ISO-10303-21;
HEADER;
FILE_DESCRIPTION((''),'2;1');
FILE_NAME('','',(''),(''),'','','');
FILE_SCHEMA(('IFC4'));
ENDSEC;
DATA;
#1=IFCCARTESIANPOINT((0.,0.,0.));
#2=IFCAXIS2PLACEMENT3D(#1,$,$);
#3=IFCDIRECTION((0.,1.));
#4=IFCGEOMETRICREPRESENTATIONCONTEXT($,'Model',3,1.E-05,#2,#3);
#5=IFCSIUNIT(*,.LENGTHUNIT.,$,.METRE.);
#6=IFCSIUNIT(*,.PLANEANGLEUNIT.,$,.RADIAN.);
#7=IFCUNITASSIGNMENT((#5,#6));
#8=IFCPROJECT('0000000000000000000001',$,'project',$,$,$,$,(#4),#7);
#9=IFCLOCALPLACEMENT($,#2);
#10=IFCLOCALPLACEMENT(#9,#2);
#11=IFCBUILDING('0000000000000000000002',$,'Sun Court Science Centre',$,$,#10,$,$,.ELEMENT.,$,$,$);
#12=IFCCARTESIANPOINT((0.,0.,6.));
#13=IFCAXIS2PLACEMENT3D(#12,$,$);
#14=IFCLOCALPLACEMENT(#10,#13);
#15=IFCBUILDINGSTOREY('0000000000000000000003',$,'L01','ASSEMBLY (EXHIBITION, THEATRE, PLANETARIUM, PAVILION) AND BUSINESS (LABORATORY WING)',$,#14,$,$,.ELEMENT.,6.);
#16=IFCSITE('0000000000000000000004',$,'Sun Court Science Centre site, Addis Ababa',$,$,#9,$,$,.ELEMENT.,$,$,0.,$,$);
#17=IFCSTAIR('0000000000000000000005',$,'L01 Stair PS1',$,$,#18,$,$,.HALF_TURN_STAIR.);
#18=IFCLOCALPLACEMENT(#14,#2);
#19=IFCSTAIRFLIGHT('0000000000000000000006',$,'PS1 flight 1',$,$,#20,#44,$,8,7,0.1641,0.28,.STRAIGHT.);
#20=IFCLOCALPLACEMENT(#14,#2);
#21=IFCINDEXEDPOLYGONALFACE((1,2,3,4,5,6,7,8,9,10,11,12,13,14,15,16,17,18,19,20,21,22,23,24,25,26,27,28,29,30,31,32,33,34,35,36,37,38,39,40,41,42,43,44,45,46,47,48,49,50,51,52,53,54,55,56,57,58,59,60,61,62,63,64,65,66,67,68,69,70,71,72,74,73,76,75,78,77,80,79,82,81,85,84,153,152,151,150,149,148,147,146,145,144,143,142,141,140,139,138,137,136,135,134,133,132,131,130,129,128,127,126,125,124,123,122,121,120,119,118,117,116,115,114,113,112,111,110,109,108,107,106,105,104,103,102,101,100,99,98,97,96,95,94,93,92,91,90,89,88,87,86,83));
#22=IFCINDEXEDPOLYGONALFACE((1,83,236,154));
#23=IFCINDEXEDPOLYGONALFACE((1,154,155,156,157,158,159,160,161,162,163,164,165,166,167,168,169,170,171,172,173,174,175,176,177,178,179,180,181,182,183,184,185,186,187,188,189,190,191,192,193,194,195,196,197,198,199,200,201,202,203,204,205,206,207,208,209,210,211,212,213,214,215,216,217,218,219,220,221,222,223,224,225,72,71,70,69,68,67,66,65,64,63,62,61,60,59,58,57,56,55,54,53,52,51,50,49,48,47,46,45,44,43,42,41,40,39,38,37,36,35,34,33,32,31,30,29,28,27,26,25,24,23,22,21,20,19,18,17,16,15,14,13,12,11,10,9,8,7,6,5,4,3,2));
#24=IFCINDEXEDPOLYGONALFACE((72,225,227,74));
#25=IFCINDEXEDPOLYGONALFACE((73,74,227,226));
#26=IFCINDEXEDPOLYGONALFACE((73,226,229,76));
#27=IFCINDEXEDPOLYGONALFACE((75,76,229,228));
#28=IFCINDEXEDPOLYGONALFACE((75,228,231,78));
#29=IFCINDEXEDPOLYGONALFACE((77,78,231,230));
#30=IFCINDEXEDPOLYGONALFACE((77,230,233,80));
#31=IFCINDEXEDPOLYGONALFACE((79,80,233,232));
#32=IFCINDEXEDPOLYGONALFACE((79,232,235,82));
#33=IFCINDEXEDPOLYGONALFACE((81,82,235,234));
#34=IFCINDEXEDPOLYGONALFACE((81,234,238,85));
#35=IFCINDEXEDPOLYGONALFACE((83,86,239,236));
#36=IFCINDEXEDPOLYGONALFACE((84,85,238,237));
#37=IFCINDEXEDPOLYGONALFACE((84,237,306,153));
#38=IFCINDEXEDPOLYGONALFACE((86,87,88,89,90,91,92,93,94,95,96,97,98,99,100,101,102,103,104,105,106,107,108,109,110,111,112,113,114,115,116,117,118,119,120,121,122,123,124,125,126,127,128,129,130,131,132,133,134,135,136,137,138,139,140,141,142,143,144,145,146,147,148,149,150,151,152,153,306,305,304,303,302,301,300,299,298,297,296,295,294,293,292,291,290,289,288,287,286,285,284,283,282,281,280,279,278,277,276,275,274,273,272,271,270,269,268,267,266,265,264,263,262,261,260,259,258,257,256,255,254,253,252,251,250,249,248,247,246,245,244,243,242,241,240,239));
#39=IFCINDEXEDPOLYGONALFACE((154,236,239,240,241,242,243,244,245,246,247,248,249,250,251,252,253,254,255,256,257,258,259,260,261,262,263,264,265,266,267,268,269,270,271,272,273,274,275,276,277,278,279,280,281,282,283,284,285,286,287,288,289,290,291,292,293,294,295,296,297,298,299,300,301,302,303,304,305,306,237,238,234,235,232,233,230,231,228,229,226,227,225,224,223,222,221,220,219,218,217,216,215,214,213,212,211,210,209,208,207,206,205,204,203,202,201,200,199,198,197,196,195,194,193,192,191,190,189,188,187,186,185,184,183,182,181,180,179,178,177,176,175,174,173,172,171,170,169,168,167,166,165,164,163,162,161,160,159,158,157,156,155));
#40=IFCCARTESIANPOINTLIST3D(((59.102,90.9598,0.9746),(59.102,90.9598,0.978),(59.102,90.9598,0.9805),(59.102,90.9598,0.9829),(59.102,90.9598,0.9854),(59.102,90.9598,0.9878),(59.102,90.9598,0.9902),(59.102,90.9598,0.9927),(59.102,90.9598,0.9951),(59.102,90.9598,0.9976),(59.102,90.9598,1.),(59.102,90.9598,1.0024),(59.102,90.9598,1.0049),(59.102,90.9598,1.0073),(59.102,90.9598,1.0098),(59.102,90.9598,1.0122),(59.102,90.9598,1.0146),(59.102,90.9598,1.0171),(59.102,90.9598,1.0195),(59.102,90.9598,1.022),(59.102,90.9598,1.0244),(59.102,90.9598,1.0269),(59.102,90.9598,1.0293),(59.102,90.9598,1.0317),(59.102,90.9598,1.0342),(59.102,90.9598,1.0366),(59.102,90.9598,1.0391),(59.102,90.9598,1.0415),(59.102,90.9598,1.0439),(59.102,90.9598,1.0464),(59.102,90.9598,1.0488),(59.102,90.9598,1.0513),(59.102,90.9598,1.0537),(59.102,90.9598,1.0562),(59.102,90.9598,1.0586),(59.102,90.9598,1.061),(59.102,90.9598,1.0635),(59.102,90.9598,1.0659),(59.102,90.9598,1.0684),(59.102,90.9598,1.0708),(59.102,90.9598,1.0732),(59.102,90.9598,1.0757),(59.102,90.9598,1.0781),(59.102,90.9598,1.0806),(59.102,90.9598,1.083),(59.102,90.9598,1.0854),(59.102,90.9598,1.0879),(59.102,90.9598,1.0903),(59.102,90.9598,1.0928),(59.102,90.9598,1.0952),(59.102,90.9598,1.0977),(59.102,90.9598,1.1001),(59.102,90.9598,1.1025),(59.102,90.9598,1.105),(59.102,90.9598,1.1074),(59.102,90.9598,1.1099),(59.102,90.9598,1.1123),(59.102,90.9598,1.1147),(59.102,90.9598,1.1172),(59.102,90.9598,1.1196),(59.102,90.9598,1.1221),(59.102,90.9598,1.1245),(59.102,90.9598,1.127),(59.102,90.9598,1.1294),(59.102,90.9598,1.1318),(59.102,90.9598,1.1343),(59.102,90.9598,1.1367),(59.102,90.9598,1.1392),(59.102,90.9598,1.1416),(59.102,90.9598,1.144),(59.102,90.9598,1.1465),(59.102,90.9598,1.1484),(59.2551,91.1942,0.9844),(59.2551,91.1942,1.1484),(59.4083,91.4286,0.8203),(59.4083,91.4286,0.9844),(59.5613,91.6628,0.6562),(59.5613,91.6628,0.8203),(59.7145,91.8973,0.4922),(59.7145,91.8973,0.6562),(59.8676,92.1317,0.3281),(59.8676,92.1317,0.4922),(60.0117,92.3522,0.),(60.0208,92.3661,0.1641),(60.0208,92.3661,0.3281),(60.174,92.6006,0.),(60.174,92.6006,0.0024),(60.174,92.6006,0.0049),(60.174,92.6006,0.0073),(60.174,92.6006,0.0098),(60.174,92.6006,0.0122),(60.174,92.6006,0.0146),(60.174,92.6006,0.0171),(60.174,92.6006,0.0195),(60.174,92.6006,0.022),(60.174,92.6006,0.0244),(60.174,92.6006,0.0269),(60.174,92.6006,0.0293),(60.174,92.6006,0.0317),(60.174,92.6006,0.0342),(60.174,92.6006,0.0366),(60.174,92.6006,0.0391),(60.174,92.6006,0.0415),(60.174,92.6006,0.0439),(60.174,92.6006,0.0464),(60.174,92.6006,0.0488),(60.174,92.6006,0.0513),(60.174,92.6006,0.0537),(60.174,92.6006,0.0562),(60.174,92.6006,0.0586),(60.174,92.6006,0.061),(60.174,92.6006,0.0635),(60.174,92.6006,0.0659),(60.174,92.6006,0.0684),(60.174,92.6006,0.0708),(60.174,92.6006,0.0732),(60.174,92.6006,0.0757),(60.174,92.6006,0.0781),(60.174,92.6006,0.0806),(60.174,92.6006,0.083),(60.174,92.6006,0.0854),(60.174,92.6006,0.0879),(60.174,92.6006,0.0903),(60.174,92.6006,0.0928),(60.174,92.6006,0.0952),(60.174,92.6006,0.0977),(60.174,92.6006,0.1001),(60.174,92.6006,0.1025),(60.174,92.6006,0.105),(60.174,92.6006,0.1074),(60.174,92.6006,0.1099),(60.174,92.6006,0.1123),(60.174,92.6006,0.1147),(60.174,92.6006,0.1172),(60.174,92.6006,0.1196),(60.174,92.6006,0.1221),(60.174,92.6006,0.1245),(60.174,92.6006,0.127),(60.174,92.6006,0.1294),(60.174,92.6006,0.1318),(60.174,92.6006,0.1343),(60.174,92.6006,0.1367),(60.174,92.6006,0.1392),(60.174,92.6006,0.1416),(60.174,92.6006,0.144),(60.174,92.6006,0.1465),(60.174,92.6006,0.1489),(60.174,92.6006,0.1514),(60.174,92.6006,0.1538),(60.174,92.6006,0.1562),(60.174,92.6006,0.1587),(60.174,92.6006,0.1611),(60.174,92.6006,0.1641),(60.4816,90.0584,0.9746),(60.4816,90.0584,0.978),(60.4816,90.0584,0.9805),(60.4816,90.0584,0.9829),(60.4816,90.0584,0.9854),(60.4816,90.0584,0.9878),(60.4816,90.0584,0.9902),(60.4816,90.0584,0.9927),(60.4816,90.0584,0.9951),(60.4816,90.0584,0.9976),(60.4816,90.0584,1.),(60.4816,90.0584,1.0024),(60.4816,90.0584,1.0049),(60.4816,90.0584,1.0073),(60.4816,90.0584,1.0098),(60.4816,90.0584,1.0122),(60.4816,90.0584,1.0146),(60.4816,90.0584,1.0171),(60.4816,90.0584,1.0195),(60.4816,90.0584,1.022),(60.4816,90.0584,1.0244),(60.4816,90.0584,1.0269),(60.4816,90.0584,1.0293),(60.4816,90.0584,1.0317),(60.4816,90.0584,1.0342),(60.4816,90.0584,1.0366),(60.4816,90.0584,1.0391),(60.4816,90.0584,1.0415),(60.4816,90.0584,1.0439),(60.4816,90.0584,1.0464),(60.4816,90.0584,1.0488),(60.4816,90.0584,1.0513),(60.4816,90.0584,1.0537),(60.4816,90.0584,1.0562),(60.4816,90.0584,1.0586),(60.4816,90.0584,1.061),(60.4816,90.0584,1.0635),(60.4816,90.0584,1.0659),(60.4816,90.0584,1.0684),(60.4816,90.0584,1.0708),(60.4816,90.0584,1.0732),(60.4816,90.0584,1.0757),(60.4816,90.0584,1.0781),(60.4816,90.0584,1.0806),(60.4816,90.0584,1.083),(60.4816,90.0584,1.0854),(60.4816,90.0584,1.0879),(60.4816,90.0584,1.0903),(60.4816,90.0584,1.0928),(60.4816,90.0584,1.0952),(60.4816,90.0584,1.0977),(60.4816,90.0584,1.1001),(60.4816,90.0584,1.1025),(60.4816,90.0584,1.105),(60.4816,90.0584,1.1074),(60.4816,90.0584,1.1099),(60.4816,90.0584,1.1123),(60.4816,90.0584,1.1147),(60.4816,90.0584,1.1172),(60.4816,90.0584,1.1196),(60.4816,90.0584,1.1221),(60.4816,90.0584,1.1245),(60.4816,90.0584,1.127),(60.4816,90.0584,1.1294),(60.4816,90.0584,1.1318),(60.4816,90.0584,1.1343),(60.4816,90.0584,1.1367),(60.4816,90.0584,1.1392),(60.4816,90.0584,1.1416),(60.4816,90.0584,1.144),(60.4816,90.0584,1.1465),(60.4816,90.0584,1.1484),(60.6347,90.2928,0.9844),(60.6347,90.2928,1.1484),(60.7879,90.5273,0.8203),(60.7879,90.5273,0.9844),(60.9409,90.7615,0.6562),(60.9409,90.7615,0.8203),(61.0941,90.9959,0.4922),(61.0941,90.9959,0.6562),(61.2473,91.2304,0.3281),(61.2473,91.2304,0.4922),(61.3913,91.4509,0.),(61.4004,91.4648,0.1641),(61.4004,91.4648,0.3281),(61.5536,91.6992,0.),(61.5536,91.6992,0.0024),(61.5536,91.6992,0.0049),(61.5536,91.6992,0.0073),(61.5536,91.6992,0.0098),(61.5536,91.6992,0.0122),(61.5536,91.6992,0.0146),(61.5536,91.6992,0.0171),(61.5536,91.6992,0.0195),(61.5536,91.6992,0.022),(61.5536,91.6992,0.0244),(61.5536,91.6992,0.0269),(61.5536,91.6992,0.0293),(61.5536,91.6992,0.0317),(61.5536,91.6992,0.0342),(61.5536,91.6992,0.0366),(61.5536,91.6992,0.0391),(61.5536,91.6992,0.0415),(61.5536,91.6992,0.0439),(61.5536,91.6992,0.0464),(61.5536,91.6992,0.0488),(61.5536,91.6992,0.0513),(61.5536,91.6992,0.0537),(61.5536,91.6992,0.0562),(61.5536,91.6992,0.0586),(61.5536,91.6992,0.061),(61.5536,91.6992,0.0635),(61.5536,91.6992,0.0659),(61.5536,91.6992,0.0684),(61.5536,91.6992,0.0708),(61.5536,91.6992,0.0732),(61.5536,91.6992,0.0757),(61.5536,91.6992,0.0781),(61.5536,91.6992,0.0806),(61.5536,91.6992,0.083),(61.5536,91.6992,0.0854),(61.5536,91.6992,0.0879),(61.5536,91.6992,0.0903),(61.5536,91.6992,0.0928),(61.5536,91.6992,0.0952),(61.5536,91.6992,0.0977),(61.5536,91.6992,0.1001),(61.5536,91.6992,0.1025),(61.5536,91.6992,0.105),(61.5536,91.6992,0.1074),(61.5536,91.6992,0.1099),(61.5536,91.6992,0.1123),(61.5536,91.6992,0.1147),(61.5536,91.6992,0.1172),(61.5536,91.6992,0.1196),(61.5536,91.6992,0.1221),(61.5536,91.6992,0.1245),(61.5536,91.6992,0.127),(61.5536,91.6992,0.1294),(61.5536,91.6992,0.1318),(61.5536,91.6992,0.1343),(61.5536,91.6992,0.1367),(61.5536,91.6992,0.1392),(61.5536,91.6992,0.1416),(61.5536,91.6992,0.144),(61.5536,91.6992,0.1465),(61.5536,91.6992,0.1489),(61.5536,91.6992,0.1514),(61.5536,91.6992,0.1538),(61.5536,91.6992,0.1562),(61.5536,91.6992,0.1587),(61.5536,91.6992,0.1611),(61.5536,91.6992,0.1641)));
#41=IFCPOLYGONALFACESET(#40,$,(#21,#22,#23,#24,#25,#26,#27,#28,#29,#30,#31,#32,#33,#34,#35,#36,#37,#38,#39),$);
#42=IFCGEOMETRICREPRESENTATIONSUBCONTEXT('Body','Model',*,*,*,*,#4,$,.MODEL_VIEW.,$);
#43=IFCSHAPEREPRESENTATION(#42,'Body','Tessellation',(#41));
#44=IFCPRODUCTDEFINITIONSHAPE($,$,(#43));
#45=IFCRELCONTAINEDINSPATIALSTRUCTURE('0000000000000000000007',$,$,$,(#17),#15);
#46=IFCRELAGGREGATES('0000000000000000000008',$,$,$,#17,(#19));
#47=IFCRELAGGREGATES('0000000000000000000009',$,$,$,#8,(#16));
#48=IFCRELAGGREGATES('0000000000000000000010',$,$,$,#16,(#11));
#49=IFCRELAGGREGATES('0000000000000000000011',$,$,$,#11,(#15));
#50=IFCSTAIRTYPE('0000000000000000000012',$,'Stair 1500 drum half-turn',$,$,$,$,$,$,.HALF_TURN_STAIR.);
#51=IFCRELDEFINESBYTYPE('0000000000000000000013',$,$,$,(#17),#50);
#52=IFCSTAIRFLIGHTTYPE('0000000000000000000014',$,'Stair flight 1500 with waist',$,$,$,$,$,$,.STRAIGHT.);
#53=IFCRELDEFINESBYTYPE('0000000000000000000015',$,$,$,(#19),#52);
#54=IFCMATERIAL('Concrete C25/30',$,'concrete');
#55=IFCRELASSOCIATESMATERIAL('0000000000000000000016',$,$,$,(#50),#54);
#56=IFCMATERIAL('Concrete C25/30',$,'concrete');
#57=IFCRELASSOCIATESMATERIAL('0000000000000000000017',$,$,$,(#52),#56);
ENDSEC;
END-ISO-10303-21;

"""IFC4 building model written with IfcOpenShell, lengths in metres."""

from ifc_helpers import new_model, si_unit, direction, frame, origin, place, context, subcontext, project, spatial, polyline, outline, extrude, material, type_object, element, aggregate, save


model = new_model("IFC4")

# Units and contexts
model_context = context("Model", 3, precision=1e-05, world=origin(), true_north=direction((0.0, 1.0)))
body_context = subcontext(model_context, "Body", "Model", "MODEL_VIEW")
ifc_project = project(units=[si_unit("LENGTHUNIT", "METRE"), si_unit("PLANEANGLEUNIT", "RADIAN")], contexts=[model_context])

# Site, building, storey
site_placement = place(None, origin())
site = spatial("IfcSite", under=ifc_project, at=site_placement, Name="Sun Court Science Centre site, Addis Ababa", CompositionType="ELEMENT", RefElevation=0.0)
building_placement = place(site_placement, origin())
building = spatial("IfcBuilding", under=site, at=building_placement, Name="Sun Court Science Centre", CompositionType="ELEMENT")
storey_placement = place(building_placement, frame((0.0, 0.0, 6.0)))
storey = spatial("IfcBuildingStorey", under=building, at=storey_placement, Name="L01", Description="ASSEMBLY (EXHIBITION, THEATRE, PLANETARIUM, PAVILION) AND BUSINESS (LABORATORY WING)", CompositionType="ELEMENT", Elevation=6.0)

# Stair, stair flight
ifc_material_1 = material(Name="Concrete C25/30", Category="concrete")
stair_type = type_object("IfcStairType", Name="Stair 1500 drum half-turn", PredefinedType="HALF_TURN_STAIR", material=ifc_material_1)
stair_placement = place(storey_placement, origin())
stair = element("IfcStair", 1, at=stair_placement, inside=storey, type_object=stair_type, Name="L01 Stair PS1", PredefinedType="HALF_TURN_STAIR")
ifc_material_2 = material(Name="Concrete C25/30", Category="concrete")
stair_flight_type = type_object("IfcStairFlightType", Name="Stair flight 1500 with waist", PredefinedType="STRAIGHT", material=ifc_material_2)
stair_flight_1_placement = place(storey_placement, frame((60.8638, 92.1499, 0.0), z_axis=(0.0, 0.0, 1.0), x_axis=(-0.546948, -0.837166, 0.0)))
stair_flight_1 = element("IfcStairFlight", 2, at=stair_flight_1_placement, type_object=stair_flight_type, Name="PS1 flight 1", NumberOfRisers=8, NumberOfTreads=7, PredefinedType="STRAIGHT", RiserHeight=0.1641, TreadLength=0.28, context=body_context, shape_type="SweptSolid", body=[
    extrude(outline(polyline([(0.0, 0.0), (0.0, 0.0024), (0.0, 0.0049), (0.0, 0.0073), (0.0, 0.0098), (0.0, 0.0122), (0.0, 0.0146), (0.0, 0.0171), (0.0, 0.0195), (0.0, 0.022), (0.0, 0.0244), (0.0, 0.0269), (0.0, 0.0293), (0.0, 0.0317), (0.0, 0.0342), (0.0, 0.0366), (0.0, 0.0391), (0.0, 0.0415), (0.0, 0.0439), (0.0, 0.0464), (0.0, 0.0488), (0.0, 0.0513), (0.0, 0.0537), (0.0, 0.0562), (0.0, 0.0586), (0.0, 0.061), (0.0, 0.0635), (0.0, 0.0659), (0.0, 0.0684), (0.0, 0.0708), (0.0, 0.0732), (0.0, 0.0757), (0.0, 0.0781), (0.0, 0.0806), (0.0, 0.083), (0.0, 0.0854), (0.0, 0.0879), (0.0, 0.0903), (0.0, 0.0928), (0.0, 0.0952), (0.0, 0.0977), (0.0, 0.1001), (0.0, 0.1025), (0.0, 0.105), (0.0, 0.1074), (0.0, 0.1099), (0.0, 0.1123), (0.0, 0.1147), (0.0, 0.1172), (0.0, 0.1196), (0.0, 0.1221), (0.0, 0.1245), (0.0, 0.127), (0.0, 0.1294), (0.0, 0.1318), (0.0, 0.1343), (0.0, 0.1367), (0.0, 0.1392), (0.0, 0.1416), (0.0, 0.144), (0.0, 0.1465), (0.0, 0.1489), (0.0, 0.1514), (0.0, 0.1538), (0.0, 0.1562), (0.0, 0.1587), (0.0, 0.1611), (0.0, 0.1641), (0.28, 0.1641), (0.28, 0.3281), (0.5601, 0.3281), (0.5601, 0.4922), (0.8401, 0.4922), (0.8401, 0.6562), (1.1201, 0.6562), (1.1201, 0.8203), (1.3999, 0.8203), (1.3999, 0.9844), (1.6799, 0.9844), (1.6799, 1.1484), (1.96, 1.1484), (1.96, 1.1509), (1.96, 1.1533), (1.96, 1.1558), (1.96, 1.1582), (1.96, 1.1606), (1.96, 1.1631), (1.96, 1.1655), (1.96, 1.168), (1.96, 1.1704), (1.96, 1.1729), (1.96, 1.1753), (1.96, 1.1777), (1.96, 1.1802), (1.96, 1.1826), (1.96, 1.1851), (1.96, 1.1875), (1.96, 1.1899), (1.96, 1.1924), (1.96, 1.1948), (1.96, 1.1973), (1.96, 1.1997), (1.96, 1.2021), (1.96, 1.2046), (1.96, 1.207), (1.96, 1.2095), (1.96, 1.2119), (1.96, 1.2144), (1.96, 1.2168), (1.96, 1.2192), (1.96, 1.2217), (1.96, 1.2241), (1.96, 1.2266), (1.96, 1.229), (1.96, 1.2314), (1.96, 1.2339), (1.96, 1.2363), (1.96, 1.2388), (1.96, 1.2412), (1.96, 1.2437), (1.96, 1.2461), (1.96, 1.2485), (1.96, 1.251), (1.96, 1.2534), (1.96, 1.2559), (1.96, 1.2583), (1.96, 1.2607), (1.96, 1.2632), (1.96, 1.2656), (1.96, 1.2681), (1.96, 1.2705), (1.96, 1.2729), (1.96, 1.2754), (1.96, 1.2778), (1.96, 1.2803), (1.96, 1.2827), (1.96, 1.2852), (1.96, 1.2876), (1.96, 1.29), (1.96, 1.2925), (1.96, 1.2949), (1.96, 1.2974), (1.96, 1.2998), (1.96, 1.3022), (1.96, 1.3047), (1.96, 1.3071), (1.96, 1.3096), (1.96, 1.3125), (1.96, 1.3101), (1.96, 1.3076), (1.96, 1.3052), (1.96, 1.3027), (1.96, 1.3003), (1.96, 1.2979), (1.96, 1.2954), (1.96, 1.293), (1.96, 1.2905), (1.96, 1.2881), (1.96, 1.2856), (1.96, 1.2832), (1.96, 1.2808), (1.96, 1.2783), (1.96, 1.2759), (1.96, 1.2734), (1.96, 1.271), (1.96, 1.2686), (1.96, 1.2661), (1.96, 1.2637), (1.96, 1.2612), (1.96, 1.2588), (1.96, 1.2563), (1.96, 1.2539), (1.96, 1.2515), (1.96, 1.249), (1.96, 1.2466), (1.96, 1.2441), (1.96, 1.2417), (1.96, 1.2393), (1.96, 1.2368), (1.96, 1.2344), (1.96, 1.2319), (1.96, 1.2295), (1.96, 1.2271), (1.96, 1.2246), (1.96, 1.2222), (1.96, 1.2197), (1.96, 1.2173), (1.96, 1.2148), (1.96, 1.2124), (1.96, 1.21), (1.96, 1.2075), (1.96, 1.2051), (1.96, 1.2026), (1.96, 1.2002), (1.96, 1.1978), (1.96, 1.1953), (1.96, 1.1929), (1.96, 1.1904), (1.96, 1.188), (1.96, 1.1855), (1.96, 1.1831), (1.96, 1.1807), (1.96, 1.1782), (1.96, 1.1758), (1.96, 1.1733), (1.96, 1.1709), (1.96, 1.1685), (1.96, 1.166), (1.96, 1.1636), (1.96, 1.1611), (1.96, 1.1587), (1.96, 1.1562), (1.96, 1.1538), (1.96, 1.1514), (1.96, 1.1489), (1.96, 1.1465), (1.96, 1.144), (1.96, 1.1416), (1.96, 1.1392), (1.96, 1.1367), (1.96, 1.1343), (1.96, 1.1318), (1.96, 1.1294), (1.96, 1.127), (1.96, 1.1245), (1.96, 1.1221), (1.96, 1.1196), (1.96, 1.1172), (1.96, 1.1147), (1.96, 1.1123), (1.96, 1.1099), (1.96, 1.1074), (1.96, 1.105), (1.96, 1.1025), (1.96, 1.1001), (1.96, 1.0977), (1.96, 1.0952), (1.96, 1.0928), (1.96, 1.0903), (1.96, 1.0879), (1.96, 1.0854), (1.96, 1.083), (1.96, 1.0806), (1.96, 1.0781), (1.96, 1.0757), (1.96, 1.0732), (1.96, 1.0708), (1.96, 1.0684), (1.96, 1.0659), (1.96, 1.0635), (1.96, 1.061), (1.96, 1.0586), (1.96, 1.0562), (1.96, 1.0537), (1.96, 1.0513), (1.96, 1.0488), (1.96, 1.0464), (1.96, 1.0439), (1.96, 1.0415), (1.96, 1.0391), (1.96, 1.0366), (1.96, 1.0342), (1.96, 1.0317), (1.96, 1.0293), (1.96, 1.0269), (1.96, 1.0244), (1.96, 1.022), (1.96, 1.0195), (1.96, 1.0171), (1.96, 1.0146), (1.96, 1.0122), (1.96, 1.0098), (1.96, 1.0073), (1.96, 1.0049), (1.96, 1.0024), (1.96, 1.0), (1.96, 0.9976), (1.96, 0.9951), (1.96, 0.9927), (1.96, 0.9902), (1.96, 0.9878), (1.96, 0.9854), (1.96, 0.9829), (1.96, 0.9805), (1.96, 0.978), (1.96, 0.9746), (0.2966, 0.0), (0.0, 0.0)])), frame((0.0, 0.824, 0.0), z_axis=(0.0, -1.0, 0.0), x_axis=(1.0, 0.0, 0.0)), (0.0, 0.0, 1.0), 1.6479),
])
aggregate(stair, [stair_flight_1])

save(model, "model.ifc")
